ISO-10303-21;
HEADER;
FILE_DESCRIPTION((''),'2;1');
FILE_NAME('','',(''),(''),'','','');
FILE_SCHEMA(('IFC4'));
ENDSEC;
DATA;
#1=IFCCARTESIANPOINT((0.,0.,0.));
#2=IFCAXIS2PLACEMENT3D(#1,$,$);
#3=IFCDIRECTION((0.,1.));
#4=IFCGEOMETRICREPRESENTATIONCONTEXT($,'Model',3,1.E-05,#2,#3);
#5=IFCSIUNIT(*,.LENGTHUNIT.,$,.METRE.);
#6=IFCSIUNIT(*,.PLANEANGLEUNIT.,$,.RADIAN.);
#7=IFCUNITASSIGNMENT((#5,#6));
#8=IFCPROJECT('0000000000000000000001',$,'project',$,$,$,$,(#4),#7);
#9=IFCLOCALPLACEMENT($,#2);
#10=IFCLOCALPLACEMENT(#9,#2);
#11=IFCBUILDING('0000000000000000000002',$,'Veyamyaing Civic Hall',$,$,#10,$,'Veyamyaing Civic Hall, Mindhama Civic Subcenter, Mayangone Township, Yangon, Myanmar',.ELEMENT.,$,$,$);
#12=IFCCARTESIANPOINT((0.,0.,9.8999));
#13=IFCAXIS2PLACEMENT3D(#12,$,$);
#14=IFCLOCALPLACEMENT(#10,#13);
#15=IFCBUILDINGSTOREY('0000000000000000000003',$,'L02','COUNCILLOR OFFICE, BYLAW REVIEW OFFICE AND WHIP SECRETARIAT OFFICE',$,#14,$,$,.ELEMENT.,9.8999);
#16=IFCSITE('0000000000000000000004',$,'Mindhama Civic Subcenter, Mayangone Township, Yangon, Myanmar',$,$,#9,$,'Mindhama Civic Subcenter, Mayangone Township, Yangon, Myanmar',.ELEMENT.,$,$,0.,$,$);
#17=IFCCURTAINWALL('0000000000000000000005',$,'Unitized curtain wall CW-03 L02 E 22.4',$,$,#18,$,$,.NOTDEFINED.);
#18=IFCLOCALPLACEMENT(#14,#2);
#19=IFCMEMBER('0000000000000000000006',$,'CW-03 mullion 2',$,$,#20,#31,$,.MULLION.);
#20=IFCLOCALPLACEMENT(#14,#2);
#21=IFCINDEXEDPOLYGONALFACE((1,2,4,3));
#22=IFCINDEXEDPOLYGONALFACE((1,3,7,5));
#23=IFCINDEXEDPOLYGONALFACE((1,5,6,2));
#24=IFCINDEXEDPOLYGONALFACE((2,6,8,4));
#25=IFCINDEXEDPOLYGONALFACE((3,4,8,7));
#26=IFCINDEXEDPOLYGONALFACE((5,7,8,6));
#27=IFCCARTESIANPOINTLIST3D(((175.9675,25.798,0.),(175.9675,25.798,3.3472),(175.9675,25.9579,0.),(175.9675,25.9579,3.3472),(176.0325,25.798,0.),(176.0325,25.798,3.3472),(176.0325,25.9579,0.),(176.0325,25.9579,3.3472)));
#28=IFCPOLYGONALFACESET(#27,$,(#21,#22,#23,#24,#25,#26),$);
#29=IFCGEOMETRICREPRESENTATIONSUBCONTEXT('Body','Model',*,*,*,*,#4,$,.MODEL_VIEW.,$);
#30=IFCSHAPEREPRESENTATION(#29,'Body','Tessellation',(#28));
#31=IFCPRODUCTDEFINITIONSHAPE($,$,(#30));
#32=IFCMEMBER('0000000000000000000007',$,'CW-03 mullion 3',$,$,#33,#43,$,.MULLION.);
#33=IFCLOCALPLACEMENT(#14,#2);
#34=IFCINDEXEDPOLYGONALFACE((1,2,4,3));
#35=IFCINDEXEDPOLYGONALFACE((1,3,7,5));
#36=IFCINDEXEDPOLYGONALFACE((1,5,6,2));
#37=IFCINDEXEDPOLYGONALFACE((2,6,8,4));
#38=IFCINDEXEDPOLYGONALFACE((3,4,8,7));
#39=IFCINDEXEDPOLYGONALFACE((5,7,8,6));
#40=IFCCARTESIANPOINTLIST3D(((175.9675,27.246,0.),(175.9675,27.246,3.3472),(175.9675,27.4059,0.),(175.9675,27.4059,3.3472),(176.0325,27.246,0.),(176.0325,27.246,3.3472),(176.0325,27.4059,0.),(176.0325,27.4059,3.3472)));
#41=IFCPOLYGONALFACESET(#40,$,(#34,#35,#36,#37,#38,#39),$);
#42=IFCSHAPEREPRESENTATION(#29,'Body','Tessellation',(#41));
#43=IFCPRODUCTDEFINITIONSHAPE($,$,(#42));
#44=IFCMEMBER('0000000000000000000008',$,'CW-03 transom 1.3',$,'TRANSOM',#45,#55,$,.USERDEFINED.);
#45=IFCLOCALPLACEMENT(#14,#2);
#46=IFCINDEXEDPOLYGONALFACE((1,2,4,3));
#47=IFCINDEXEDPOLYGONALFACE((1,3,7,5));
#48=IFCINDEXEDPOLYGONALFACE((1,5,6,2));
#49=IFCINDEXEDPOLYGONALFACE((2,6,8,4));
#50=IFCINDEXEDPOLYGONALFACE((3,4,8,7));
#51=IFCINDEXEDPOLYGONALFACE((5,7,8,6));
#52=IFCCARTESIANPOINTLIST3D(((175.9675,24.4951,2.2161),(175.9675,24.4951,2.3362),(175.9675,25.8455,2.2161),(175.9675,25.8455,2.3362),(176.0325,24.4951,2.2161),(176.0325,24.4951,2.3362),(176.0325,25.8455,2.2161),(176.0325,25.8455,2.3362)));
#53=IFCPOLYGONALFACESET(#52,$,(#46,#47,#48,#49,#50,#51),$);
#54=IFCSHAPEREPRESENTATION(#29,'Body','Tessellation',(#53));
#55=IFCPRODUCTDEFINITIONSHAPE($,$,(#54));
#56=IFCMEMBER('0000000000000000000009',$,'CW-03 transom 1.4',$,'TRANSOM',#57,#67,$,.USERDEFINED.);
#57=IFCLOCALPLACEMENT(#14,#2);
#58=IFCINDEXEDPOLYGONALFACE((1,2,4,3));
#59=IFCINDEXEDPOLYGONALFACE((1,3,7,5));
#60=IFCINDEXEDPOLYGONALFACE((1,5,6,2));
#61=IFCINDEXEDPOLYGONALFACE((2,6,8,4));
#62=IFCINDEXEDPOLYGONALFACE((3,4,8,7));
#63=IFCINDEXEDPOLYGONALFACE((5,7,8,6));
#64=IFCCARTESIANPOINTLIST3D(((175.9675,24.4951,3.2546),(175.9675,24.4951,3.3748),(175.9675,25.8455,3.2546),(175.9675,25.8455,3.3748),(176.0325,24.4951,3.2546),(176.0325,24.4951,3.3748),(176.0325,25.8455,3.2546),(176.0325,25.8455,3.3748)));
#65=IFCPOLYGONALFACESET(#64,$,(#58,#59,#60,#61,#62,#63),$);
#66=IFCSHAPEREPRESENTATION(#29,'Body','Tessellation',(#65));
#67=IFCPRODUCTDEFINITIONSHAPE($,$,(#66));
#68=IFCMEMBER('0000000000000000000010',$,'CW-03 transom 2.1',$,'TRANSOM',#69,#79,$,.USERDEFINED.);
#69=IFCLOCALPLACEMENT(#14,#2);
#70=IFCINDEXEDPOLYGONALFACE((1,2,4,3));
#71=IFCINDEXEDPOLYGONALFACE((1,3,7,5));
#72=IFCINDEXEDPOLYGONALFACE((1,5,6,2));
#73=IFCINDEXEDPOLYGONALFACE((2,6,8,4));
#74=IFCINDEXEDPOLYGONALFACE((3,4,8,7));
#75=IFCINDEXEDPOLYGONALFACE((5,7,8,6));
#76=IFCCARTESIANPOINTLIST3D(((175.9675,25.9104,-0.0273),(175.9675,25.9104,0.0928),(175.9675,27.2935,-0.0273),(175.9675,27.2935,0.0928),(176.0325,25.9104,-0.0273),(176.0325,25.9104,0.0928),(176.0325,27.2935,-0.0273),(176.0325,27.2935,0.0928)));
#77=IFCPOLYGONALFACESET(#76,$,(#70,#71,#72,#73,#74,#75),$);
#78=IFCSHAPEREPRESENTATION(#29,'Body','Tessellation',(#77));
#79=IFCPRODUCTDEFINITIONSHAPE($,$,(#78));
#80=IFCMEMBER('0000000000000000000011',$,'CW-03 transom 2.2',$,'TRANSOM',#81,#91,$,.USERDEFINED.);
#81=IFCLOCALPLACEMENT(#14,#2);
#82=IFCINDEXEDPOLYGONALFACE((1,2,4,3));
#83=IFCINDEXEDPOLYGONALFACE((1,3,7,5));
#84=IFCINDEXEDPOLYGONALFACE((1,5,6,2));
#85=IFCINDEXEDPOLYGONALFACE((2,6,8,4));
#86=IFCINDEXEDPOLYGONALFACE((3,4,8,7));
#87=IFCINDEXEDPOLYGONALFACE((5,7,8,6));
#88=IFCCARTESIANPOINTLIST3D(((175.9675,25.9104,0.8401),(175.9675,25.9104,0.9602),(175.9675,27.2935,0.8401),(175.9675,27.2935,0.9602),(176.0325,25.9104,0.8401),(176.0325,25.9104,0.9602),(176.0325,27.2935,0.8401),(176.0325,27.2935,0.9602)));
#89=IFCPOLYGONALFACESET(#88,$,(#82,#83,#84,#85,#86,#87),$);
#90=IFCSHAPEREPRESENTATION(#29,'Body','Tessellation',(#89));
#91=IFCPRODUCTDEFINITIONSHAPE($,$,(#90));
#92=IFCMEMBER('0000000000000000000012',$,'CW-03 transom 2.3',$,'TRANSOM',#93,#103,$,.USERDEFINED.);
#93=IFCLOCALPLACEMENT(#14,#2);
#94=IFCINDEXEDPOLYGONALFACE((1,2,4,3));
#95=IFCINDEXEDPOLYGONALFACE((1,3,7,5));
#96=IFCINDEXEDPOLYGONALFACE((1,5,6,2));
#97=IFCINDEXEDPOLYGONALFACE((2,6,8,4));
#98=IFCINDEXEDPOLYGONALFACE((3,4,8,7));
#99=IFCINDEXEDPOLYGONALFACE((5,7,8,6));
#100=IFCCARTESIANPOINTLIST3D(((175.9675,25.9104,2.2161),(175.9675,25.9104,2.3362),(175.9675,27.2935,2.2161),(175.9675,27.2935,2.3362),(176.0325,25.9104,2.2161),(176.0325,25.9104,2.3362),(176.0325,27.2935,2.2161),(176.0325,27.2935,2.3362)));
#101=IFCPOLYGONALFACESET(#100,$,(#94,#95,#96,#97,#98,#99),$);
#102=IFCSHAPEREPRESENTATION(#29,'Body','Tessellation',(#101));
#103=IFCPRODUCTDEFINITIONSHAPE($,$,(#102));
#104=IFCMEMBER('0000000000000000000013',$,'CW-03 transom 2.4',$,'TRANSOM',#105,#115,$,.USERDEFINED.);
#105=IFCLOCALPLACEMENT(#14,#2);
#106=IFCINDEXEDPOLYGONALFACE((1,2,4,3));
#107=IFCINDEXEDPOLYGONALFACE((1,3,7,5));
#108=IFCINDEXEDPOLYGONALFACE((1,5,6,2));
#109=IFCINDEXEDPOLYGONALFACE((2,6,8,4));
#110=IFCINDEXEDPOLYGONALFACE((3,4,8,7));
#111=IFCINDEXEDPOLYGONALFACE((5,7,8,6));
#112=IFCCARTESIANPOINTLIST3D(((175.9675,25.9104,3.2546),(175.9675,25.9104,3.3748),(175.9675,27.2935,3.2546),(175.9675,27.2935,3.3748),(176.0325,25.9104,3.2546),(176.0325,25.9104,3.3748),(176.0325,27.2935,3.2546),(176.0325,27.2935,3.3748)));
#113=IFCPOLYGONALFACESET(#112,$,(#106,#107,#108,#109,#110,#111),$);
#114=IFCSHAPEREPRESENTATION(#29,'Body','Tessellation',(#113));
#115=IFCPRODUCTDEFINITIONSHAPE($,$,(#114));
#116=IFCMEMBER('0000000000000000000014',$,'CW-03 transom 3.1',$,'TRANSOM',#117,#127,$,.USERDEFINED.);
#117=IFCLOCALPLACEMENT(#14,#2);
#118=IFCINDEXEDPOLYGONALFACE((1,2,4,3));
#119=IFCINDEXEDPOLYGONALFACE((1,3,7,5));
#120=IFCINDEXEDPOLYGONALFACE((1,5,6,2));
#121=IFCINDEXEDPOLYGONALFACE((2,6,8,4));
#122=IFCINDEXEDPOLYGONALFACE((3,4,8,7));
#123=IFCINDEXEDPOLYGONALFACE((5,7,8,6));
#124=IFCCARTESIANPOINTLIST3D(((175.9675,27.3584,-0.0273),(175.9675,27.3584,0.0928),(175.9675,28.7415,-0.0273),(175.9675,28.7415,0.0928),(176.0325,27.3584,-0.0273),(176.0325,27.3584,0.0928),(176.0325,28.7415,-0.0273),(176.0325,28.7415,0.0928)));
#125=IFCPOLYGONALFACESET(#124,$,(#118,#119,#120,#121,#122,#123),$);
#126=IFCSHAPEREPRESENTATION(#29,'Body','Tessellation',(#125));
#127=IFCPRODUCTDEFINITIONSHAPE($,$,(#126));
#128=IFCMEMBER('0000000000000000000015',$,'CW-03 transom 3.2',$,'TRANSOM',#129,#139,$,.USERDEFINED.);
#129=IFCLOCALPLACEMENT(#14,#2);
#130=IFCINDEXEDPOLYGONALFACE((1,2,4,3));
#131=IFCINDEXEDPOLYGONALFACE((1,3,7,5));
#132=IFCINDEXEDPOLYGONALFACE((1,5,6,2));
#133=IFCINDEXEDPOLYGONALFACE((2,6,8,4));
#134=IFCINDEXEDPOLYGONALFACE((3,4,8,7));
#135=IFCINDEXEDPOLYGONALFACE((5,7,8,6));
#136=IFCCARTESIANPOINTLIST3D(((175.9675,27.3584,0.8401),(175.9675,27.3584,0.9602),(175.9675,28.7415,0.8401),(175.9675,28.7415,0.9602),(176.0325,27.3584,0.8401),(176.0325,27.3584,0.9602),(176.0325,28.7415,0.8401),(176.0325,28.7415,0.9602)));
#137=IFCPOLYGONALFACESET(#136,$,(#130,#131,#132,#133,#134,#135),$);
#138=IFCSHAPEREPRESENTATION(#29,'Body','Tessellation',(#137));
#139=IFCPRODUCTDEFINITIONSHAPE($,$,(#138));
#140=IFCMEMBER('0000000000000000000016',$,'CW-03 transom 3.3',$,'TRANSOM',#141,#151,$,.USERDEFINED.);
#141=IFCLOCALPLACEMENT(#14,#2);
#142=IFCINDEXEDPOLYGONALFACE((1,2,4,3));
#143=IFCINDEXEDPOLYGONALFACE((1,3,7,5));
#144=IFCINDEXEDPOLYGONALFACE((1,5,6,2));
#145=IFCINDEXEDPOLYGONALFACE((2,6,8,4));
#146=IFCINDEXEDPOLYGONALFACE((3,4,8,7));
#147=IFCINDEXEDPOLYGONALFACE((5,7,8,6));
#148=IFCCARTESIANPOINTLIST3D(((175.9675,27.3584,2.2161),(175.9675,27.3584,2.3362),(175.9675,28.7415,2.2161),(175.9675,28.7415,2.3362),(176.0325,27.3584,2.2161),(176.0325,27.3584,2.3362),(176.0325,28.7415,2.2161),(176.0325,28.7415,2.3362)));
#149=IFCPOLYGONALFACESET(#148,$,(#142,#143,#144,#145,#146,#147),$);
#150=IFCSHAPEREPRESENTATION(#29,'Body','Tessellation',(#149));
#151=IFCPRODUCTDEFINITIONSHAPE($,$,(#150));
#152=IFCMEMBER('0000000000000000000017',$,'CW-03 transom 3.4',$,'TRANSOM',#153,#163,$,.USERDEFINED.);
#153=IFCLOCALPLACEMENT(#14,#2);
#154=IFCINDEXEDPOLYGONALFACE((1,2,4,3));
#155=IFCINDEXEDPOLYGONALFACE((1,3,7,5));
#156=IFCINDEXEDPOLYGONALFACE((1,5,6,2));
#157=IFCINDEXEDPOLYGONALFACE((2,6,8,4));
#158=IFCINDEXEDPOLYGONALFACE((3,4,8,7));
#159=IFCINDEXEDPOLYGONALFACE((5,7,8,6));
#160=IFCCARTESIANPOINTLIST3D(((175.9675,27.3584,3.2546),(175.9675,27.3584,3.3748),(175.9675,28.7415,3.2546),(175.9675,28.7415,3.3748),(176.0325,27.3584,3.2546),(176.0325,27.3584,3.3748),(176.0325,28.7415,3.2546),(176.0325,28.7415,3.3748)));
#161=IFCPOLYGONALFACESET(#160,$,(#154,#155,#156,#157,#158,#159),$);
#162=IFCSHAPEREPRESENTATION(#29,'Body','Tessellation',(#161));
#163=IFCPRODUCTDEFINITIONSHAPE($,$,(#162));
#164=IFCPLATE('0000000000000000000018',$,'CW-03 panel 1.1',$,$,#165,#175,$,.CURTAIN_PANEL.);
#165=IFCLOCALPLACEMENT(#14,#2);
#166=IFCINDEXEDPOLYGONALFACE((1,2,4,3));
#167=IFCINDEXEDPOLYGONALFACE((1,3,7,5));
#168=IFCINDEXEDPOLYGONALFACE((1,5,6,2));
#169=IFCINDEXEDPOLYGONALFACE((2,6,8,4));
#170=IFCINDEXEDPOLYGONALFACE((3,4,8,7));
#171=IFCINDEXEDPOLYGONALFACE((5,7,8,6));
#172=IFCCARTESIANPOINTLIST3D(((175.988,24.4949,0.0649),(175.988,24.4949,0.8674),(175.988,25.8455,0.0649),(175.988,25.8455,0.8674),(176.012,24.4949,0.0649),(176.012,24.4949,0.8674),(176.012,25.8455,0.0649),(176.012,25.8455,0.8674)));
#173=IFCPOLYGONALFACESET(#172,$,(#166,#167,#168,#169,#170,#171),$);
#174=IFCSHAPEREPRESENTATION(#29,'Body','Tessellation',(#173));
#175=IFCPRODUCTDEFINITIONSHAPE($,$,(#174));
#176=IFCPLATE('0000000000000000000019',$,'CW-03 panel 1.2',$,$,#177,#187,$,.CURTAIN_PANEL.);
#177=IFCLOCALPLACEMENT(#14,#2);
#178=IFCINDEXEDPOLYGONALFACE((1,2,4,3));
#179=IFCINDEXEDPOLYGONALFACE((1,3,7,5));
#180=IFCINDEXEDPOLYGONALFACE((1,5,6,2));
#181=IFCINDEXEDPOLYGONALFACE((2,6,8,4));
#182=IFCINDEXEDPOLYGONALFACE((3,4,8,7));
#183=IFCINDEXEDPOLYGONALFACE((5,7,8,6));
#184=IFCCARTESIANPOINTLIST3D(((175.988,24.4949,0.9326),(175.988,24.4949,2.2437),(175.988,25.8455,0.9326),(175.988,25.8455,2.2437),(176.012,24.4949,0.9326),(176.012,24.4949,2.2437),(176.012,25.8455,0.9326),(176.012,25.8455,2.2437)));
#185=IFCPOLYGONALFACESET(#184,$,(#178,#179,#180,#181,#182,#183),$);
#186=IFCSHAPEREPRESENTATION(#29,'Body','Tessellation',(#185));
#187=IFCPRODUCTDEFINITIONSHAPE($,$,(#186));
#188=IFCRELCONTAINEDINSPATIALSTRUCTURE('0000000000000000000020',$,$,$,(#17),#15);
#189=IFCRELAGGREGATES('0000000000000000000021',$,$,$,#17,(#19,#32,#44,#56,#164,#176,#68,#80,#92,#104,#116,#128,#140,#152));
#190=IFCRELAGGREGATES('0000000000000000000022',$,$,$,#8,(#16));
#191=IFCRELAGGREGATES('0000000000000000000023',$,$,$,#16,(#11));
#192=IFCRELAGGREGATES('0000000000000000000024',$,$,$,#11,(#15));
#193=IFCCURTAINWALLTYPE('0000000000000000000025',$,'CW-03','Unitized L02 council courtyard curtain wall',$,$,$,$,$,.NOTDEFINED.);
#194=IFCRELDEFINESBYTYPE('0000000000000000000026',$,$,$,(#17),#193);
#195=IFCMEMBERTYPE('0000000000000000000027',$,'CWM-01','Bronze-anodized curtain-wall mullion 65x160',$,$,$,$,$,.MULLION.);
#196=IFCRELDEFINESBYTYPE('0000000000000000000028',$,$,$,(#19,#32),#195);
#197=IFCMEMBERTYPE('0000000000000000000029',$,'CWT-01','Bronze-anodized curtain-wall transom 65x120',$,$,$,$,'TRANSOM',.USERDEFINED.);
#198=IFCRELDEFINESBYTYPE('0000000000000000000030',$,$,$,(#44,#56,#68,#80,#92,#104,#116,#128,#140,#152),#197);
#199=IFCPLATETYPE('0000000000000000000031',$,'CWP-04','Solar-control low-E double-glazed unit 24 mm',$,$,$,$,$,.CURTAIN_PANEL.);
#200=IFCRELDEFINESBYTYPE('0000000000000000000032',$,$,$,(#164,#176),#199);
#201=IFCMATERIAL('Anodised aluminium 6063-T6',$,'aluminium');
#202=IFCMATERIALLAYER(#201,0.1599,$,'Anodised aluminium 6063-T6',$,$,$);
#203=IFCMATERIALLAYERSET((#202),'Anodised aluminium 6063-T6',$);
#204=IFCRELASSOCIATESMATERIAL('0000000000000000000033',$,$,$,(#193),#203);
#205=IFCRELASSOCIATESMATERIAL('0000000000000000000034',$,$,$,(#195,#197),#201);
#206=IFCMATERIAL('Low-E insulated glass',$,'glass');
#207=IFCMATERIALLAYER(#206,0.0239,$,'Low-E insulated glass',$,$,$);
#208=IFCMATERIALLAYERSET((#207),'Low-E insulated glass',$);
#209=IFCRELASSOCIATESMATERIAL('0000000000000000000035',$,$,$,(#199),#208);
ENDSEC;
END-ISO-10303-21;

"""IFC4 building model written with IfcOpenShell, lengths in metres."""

from ifc_helpers import new_model, si_unit, direction, frame, origin, origin_2d, place, context, subcontext, project, spatial, rectangle, extrude, material, layer, layer_set, material_profile, profile_set, type_object, element, aggregate, save


model = new_model("IFC4")

# Units and contexts
model_context = context("Model", 3, precision=1e-05, world=origin(), true_north=direction((0.0, 1.0)))
body_context = subcontext(model_context, "Body", "Model", "MODEL_VIEW")
ifc_project = project(units=[si_unit("LENGTHUNIT", "METRE"), si_unit("PLANEANGLEUNIT", "RADIAN")], contexts=[model_context])

# Site, building, storey
site_placement = place(None, origin())
site = spatial("IfcSite", under=ifc_project, at=site_placement, Name="Mindhama Civic Subcenter, Mayangone Township, Yangon, Myanmar", LongName="Mindhama Civic Subcenter, Mayangone Township, Yangon, Myanmar", CompositionType="ELEMENT", RefElevation=0.0)
building_placement = place(site_placement, origin())
building = spatial("IfcBuilding", under=site, at=building_placement, Name="Veyamyaing Civic Hall", LongName="Veyamyaing Civic Hall, Mindhama Civic Subcenter, Mayangone Township, Yangon, Myanmar", CompositionType="ELEMENT")
storey_placement = place(building_placement, frame((0.0, 0.0, 9.8999)))
storey = spatial("IfcBuildingStorey", under=building, at=storey_placement, Name="L02", Description="COUNCILLOR OFFICE, BYLAW REVIEW OFFICE AND WHIP SECRETARIAT OFFICE", CompositionType="ELEMENT", Elevation=9.8999)

# Curtain wall, members, plates
ifc_material_1 = material(Name="Anodised aluminium 6063-T6", Category="aluminium")
ifc_layer_1 = layer(ifc_material_1, 0.1599, Name="Anodised aluminium 6063-T6")
ifc_layer_set_1 = layer_set([ifc_layer_1], Name="Anodised aluminium 6063-T6")
curtain_wall_type = type_object("IfcCurtainWallType", Name="CW-03", Description="Unitized L02 council courtyard curtain wall", PredefinedType="NOTDEFINED", material=ifc_layer_set_1)
curtain_wall_placement = place(storey_placement, origin())
curtain_wall = element("IfcCurtainWall", 1, at=curtain_wall_placement, inside=storey, type_object=curtain_wall_type, Name="Unitized curtain wall CW-03 L02 E 22.4", PredefinedType="NOTDEFINED")
ifc_material_profile_1 = material_profile(ifc_material_1, rectangle(XDim=0.0649, YDim=0.1599, at=origin_2d()), Name="ALU-MUL-65X160")
ifc_profile_set_1 = profile_set([ifc_material_profile_1], Name="Anodised aluminium 6063-T6")
member_type_1 = type_object("IfcMemberType", Name="CWM-01", Description="Bronze-anodized curtain-wall mullion 65x160", PredefinedType="MULLION", material=ifc_profile_set_1)
member_1_placement = place(storey_placement, frame((176.0, 25.8779, 0.0), z_axis=(0.0, 0.0, 1.0), x_axis=(-1.0, 0.0, 0.0)))
member_1 = element("IfcMember", 2, at=member_1_placement, type_object=member_type_1, Name="CW-03 mullion 2", PredefinedType="MULLION", context=body_context, shape_type="SweptSolid", body=[
    extrude(rectangle(XDim=0.0649, YDim=0.1599, at=origin_2d()), origin(), (0.0, 0.0, 1.0), 3.3472),
])
member_2_placement = place(storey_placement, frame((176.0, 27.3259, 0.0), z_axis=(0.0, 0.0, 1.0), x_axis=(-1.0, 0.0, 0.0)))
member_2 = element("IfcMember", 3, at=member_2_placement, type_object=member_type_1, Name="CW-03 mullion 3", PredefinedType="MULLION", context=body_context, shape_type="SweptSolid", body=[
    extrude(rectangle(XDim=0.0649, YDim=0.1599, at=origin_2d()), origin(), (0.0, 0.0, 1.0), 3.3472),
])
ifc_material_profile_2 = material_profile(ifc_material_1, rectangle(XDim=0.0649, YDim=0.1201, at=origin_2d()), Name="ALU-TRN-65X120")
ifc_profile_set_2 = profile_set([ifc_material_profile_2], Name="Anodised aluminium 6063-T6")
member_type_2 = type_object("IfcMemberType", Name="CWT-01", Description="Bronze-anodized curtain-wall transom 65x120", ElementType="TRANSOM", PredefinedType="USERDEFINED", material=ifc_profile_set_2)
member_3_placement = place(storey_placement, frame((176.0, 24.4951, 2.2761), z_axis=(0.0, 1.0, 0.0), x_axis=(-1.0, 0.0, 0.0)))
member_3 = element("IfcMember", 4, at=member_3_placement, type_object=member_type_2, Name="CW-03 transom 1.3", ObjectType="TRANSOM", PredefinedType="USERDEFINED", context=body_context, shape_type="SweptSolid", body=[
    extrude(rectangle(XDim=0.0649, YDim=0.1201, at=origin_2d()), origin(), (0.0, 0.0, 1.0), 1.3503),
])
member_4_placement = place(storey_placement, frame((176.0, 24.4951, 3.3147), z_axis=(0.0, 1.0, 0.0), x_axis=(-1.0, 0.0, 0.0)))
member_4 = element("IfcMember", 5, at=member_4_placement, type_object=member_type_2, Name="CW-03 transom 1.4", ObjectType="TRANSOM", PredefinedType="USERDEFINED", context=body_context, shape_type="SweptSolid", body=[
    extrude(rectangle(XDim=0.0649, YDim=0.1201, at=origin_2d()), origin(), (0.0, 0.0, 1.0), 1.3503),
])
member_5_placement = place(storey_placement, frame((176.0, 25.9104, 0.0327), z_axis=(0.0, 1.0, 0.0), x_axis=(-1.0, 0.0, 0.0)))
member_5 = element("IfcMember", 6, at=member_5_placement, type_object=member_type_2, Name="CW-03 transom 2.1", ObjectType="TRANSOM", PredefinedType="USERDEFINED", context=body_context, shape_type="SweptSolid", body=[
    extrude(rectangle(XDim=0.0649, YDim=0.1201, at=origin_2d()), origin(), (0.0, 0.0, 1.0), 1.3831),
])
member_6_placement = place(storey_placement, frame((176.0, 25.9104, 0.9001), z_axis=(0.0, 1.0, 0.0), x_axis=(-1.0, 0.0, 0.0)))
member_6 = element("IfcMember", 7, at=member_6_placement, type_object=member_type_2, Name="CW-03 transom 2.2", ObjectType="TRANSOM", PredefinedType="USERDEFINED", context=body_context, shape_type="SweptSolid", body=[
    extrude(rectangle(XDim=0.0649, YDim=0.1201, at=origin_2d()), origin(), (0.0, 0.0, 1.0), 1.3831),
])
member_7_placement = place(storey_placement, frame((176.0, 25.9104, 2.2761), z_axis=(0.0, 1.0, 0.0), x_axis=(-1.0, 0.0, 0.0)))
member_7 = element("IfcMember", 8, at=member_7_placement, type_object=member_type_2, Name="CW-03 transom 2.3", ObjectType="TRANSOM", PredefinedType="USERDEFINED", context=body_context, shape_type="SweptSolid", body=[
    extrude(rectangle(XDim=0.0649, YDim=0.1201, at=origin_2d()), origin(), (0.0, 0.0, 1.0), 1.3831),
])
member_8_placement = place(storey_placement, frame((176.0, 25.9104, 3.3147), z_axis=(0.0, 1.0, 0.0), x_axis=(-1.0, 0.0, 0.0)))
member_8 = element("IfcMember", 9, at=member_8_placement, type_object=member_type_2, Name="CW-03 transom 2.4", ObjectType="TRANSOM", PredefinedType="USERDEFINED", context=body_context, shape_type="SweptSolid", body=[
    extrude(rectangle(XDim=0.0649, YDim=0.1201, at=origin_2d()), origin(), (0.0, 0.0, 1.0), 1.3831),
])
member_9_placement = place(storey_placement, frame((176.0, 27.3584, 0.0327), z_axis=(0.0, 1.0, 0.0), x_axis=(-1.0, 0.0, 0.0)))
member_9 = element("IfcMember", 10, at=member_9_placement, type_object=member_type_2, Name="CW-03 transom 3.1", ObjectType="TRANSOM", PredefinedType="USERDEFINED", context=body_context, shape_type="SweptSolid", body=[
    extrude(rectangle(XDim=0.0649, YDim=0.1201, at=origin_2d()), origin(), (0.0, 0.0, 1.0), 1.3831),
])
member_10_placement = place(storey_placement, frame((176.0, 27.3584, 0.9001), z_axis=(0.0, 1.0, 0.0), x_axis=(-1.0, 0.0, 0.0)))
member_10 = element("IfcMember", 11, at=member_10_placement, type_object=member_type_2, Name="CW-03 transom 3.2", ObjectType="TRANSOM", PredefinedType="USERDEFINED", context=body_context, shape_type="SweptSolid", body=[
    extrude(rectangle(XDim=0.0649, YDim=0.1201, at=origin_2d()), origin(), (0.0, 0.0, 1.0), 1.3831),
])
member_11_placement = place(storey_placement, frame((176.0, 27.3584, 2.2761), z_axis=(0.0, 1.0, 0.0), x_axis=(-1.0, 0.0, 0.0)))
member_11 = element("IfcMember", 12, at=member_11_placement, type_object=member_type_2, Name="CW-03 transom 3.3", ObjectType="TRANSOM", PredefinedType="USERDEFINED", context=body_context, shape_type="SweptSolid", body=[
    extrude(rectangle(XDim=0.0649, YDim=0.1201, at=origin_2d()), origin(), (0.0, 0.0, 1.0), 1.3831),
])
member_12_placement = place(storey_placement, frame((176.0, 27.3584, 3.3147), z_axis=(0.0, 1.0, 0.0), x_axis=(-1.0, 0.0, 0.0)))
member_12 = element("IfcMember", 13, at=member_12_placement, type_object=member_type_2, Name="CW-03 transom 3.4", ObjectType="TRANSOM", PredefinedType="USERDEFINED", context=body_context, shape_type="SweptSolid", body=[
    extrude(rectangle(XDim=0.0649, YDim=0.1201, at=origin_2d()), origin(), (0.0, 0.0, 1.0), 1.3831),
])
ifc_material_2 = material(Name="Low-E insulated glass", Category="glass")
ifc_layer_2 = layer(ifc_material_2, 0.0239, Name="Low-E insulated glass")
ifc_layer_set_2 = layer_set([ifc_layer_2], Name="Low-E insulated glass")
plate_type = type_object("IfcPlateType", Name="CWP-04", Description="Solar-control low-E double-glazed unit 24 mm", PredefinedType="CURTAIN_PANEL", material=ifc_layer_set_2)
plate_1_placement = place(storey_placement, frame((176.0, 25.1702, 0.0649), z_axis=(0.0, 0.0, 1.0), x_axis=(0.0, 1.0, 0.0)))
plate_1 = element("IfcPlate", 14, at=plate_1_placement, type_object=plate_type, Name="CW-03 panel 1.1", PredefinedType="CURTAIN_PANEL", context=body_context, shape_type="SweptSolid", body=[
    extrude(rectangle(XDim=1.3506, YDim=0.0239, at=origin_2d()), origin(), (0.0, 0.0, 1.0), 0.8025),
])
plate_2_placement = place(storey_placement, frame((176.0, 25.1702, 0.9326), z_axis=(0.0, 0.0, 1.0), x_axis=(0.0, 1.0, 0.0)))
plate_2 = element("IfcPlate", 15, at=plate_2_placement, type_object=plate_type, Name="CW-03 panel 1.2", PredefinedType="CURTAIN_PANEL", context=body_context, shape_type="SweptSolid", body=[
    extrude(rectangle(XDim=1.3506, YDim=0.0239, at=origin_2d()), origin(), (0.0, 0.0, 1.0), 1.311),
])
aggregate(curtain_wall, [member_1, member_2, member_3, member_4, plate_1, plate_2, member_5, member_6, member_7, member_8, member_9, member_10, member_11, member_12])

save(model, "model.ifc")
